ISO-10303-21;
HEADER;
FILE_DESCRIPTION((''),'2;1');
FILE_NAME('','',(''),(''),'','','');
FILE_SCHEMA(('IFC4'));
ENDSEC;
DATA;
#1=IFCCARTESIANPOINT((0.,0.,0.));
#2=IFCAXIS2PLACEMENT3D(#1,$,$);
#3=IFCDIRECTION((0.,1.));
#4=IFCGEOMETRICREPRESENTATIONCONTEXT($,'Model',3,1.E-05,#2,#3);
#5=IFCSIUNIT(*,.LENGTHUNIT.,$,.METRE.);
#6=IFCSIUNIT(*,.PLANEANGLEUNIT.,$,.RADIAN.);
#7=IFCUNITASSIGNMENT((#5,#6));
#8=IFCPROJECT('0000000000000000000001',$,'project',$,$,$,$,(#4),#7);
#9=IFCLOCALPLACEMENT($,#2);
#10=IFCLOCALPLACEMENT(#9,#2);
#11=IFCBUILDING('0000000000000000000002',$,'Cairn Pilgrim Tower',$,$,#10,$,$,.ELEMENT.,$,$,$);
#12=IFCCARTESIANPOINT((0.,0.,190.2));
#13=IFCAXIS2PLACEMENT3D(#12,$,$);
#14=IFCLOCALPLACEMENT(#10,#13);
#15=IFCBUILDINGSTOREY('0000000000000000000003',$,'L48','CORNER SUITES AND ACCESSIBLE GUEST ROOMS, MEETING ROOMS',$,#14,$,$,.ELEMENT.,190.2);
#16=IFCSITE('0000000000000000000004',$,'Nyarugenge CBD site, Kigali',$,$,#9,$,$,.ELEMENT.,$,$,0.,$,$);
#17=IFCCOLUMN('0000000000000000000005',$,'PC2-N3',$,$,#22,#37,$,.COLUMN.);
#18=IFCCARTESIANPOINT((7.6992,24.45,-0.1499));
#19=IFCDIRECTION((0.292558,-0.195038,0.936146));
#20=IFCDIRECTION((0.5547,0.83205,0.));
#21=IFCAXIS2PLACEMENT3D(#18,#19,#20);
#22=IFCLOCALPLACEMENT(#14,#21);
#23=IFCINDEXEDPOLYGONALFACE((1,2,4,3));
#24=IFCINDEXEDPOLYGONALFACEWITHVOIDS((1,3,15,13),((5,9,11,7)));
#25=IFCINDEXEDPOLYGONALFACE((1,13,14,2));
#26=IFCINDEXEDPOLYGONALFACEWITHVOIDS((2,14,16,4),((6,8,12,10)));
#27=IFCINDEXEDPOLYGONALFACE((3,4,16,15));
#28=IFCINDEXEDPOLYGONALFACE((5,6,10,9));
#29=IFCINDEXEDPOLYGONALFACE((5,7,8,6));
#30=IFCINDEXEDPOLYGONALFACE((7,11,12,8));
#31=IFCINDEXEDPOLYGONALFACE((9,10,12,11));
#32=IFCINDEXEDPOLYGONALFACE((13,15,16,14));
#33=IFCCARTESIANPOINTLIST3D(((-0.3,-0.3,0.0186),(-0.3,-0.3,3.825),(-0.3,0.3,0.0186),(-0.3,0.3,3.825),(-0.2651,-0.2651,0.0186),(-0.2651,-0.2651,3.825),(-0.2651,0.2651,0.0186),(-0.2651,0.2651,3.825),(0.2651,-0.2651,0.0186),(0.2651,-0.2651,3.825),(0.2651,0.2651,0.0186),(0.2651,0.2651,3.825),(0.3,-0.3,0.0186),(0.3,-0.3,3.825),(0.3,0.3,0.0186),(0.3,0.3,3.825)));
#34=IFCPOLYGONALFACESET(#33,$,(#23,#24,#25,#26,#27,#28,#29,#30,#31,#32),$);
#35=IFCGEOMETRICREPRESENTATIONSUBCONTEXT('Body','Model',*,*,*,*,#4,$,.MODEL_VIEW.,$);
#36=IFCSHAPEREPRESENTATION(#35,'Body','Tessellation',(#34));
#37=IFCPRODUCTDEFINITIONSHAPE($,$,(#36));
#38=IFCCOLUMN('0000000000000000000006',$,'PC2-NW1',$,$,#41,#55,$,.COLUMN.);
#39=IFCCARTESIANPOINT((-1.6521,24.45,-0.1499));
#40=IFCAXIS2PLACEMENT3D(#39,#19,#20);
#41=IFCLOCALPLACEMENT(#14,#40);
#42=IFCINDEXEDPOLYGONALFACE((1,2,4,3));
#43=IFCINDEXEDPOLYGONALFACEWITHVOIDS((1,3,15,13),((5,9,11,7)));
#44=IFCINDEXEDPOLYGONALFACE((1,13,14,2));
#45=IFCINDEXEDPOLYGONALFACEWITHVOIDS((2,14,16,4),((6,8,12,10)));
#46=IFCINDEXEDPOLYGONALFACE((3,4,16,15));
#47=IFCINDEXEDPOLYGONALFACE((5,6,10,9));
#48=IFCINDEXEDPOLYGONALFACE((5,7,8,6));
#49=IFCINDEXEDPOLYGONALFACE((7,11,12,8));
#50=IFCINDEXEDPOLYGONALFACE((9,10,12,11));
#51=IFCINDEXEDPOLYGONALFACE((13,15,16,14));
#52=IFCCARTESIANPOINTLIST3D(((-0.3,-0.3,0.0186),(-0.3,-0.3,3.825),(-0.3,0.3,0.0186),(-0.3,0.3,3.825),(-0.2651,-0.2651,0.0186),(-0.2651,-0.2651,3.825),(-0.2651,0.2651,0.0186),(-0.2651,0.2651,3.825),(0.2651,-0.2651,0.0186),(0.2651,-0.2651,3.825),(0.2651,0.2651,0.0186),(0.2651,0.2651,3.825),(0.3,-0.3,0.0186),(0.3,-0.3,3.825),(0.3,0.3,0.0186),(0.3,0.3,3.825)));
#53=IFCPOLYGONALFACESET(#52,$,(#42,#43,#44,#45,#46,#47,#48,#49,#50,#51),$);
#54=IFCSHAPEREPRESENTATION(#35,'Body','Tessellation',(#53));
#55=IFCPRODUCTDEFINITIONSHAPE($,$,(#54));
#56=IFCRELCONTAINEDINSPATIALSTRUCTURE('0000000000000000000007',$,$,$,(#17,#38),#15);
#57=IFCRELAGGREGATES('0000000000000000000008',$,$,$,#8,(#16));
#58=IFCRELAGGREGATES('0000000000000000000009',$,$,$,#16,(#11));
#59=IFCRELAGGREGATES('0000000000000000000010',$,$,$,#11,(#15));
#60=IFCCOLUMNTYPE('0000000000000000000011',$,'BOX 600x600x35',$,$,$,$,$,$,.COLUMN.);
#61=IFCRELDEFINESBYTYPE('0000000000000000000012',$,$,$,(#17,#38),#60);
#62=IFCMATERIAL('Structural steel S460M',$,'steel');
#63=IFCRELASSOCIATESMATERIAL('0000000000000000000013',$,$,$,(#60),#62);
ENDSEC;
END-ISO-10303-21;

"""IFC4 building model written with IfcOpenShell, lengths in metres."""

from ifc_helpers import new_model, si_unit, direction, frame, origin, origin_2d, place, context, subcontext, project, spatial, hollow_rectangle, extrude, clip, halfspace, material, material_profile, profile_set, type_object, element, save


model = new_model("IFC4")

# Units and contexts
model_context = context("Model", 3, precision=1e-05, world=origin(), true_north=direction((0.0, 1.0)))
body_context = subcontext(model_context, "Body", "Model", "MODEL_VIEW")
ifc_project = project(units=[si_unit("LENGTHUNIT", "METRE"), si_unit("PLANEANGLEUNIT", "RADIAN")], contexts=[model_context])

# Site, building, storey
site_placement = place(None, origin())
site = spatial("IfcSite", under=ifc_project, at=site_placement, Name="Nyarugenge CBD site, Kigali", CompositionType="ELEMENT", RefElevation=0.0)
building_placement = place(site_placement, origin())
building = spatial("IfcBuilding", under=site, at=building_placement, Name="Cairn Pilgrim Tower", CompositionType="ELEMENT")
storey_placement = place(building_placement, frame((0.0, 0.0, 190.2)))
storey = spatial("IfcBuildingStorey", under=building, at=storey_placement, Name="L48", Description="CORNER SUITES AND ACCESSIBLE GUEST ROOMS, MEETING ROOMS", CompositionType="ELEMENT", Elevation=190.2)

# Columns
ifc_material_1 = material(Name="Structural steel S460M", Category="steel")
ifc_material_profile_1 = material_profile(ifc_material_1, hollow_rectangle(XDim=0.6001, YDim=0.6001, WallThickness=0.0349, at=origin_2d()), Name="BOX 600x600x35")
ifc_profile_set_1 = profile_set([ifc_material_profile_1], Name="Structural steel S460M")
column_type_1 = type_object("IfcColumnType", Name="BOX 600x600x35", PredefinedType="COLUMN", material=ifc_profile_set_1)
for number, where, z_axis, x_axis, name in (
    (1, (7.6992, 24.45, -0.1499), (0.292558, -0.195038, 0.936146), (0.5547, 0.83205, 0.0), "PC2-N3"),
    (2, (-1.6521, 24.45, -0.1499), (0.292558, -0.195038, 0.936146), (0.5547, 0.83205, 0.0), "PC2-NW1"),
):
    element("IfcColumn", number, at=place(storey_placement, frame(where, z_axis=z_axis, x_axis=x_axis)), inside=storey, type_object=column_type_1, Name=name, PredefinedType="COLUMN", context=body_context, shape_type="Clipping", body=[
        clip(clip(extrude(hollow_rectangle(XDim=0.6001, YDim=0.6001, WallThickness=0.0349, at=origin_2d()), origin(), (0.0, 0.0, 1.0), 3.8455), halfspace(frame((0.0, 0.0, 0.0186), z_axis=(0.0, 0.0, 1.0), x_axis=(1.0, 0.0, 0.0)), True)), halfspace(frame((0.0, 0.0, 3.825), z_axis=(0.0, 0.0, 1.0), x_axis=(1.0, 0.0, 0.0)), False)),
    ])

save(model, "model.ifc")
